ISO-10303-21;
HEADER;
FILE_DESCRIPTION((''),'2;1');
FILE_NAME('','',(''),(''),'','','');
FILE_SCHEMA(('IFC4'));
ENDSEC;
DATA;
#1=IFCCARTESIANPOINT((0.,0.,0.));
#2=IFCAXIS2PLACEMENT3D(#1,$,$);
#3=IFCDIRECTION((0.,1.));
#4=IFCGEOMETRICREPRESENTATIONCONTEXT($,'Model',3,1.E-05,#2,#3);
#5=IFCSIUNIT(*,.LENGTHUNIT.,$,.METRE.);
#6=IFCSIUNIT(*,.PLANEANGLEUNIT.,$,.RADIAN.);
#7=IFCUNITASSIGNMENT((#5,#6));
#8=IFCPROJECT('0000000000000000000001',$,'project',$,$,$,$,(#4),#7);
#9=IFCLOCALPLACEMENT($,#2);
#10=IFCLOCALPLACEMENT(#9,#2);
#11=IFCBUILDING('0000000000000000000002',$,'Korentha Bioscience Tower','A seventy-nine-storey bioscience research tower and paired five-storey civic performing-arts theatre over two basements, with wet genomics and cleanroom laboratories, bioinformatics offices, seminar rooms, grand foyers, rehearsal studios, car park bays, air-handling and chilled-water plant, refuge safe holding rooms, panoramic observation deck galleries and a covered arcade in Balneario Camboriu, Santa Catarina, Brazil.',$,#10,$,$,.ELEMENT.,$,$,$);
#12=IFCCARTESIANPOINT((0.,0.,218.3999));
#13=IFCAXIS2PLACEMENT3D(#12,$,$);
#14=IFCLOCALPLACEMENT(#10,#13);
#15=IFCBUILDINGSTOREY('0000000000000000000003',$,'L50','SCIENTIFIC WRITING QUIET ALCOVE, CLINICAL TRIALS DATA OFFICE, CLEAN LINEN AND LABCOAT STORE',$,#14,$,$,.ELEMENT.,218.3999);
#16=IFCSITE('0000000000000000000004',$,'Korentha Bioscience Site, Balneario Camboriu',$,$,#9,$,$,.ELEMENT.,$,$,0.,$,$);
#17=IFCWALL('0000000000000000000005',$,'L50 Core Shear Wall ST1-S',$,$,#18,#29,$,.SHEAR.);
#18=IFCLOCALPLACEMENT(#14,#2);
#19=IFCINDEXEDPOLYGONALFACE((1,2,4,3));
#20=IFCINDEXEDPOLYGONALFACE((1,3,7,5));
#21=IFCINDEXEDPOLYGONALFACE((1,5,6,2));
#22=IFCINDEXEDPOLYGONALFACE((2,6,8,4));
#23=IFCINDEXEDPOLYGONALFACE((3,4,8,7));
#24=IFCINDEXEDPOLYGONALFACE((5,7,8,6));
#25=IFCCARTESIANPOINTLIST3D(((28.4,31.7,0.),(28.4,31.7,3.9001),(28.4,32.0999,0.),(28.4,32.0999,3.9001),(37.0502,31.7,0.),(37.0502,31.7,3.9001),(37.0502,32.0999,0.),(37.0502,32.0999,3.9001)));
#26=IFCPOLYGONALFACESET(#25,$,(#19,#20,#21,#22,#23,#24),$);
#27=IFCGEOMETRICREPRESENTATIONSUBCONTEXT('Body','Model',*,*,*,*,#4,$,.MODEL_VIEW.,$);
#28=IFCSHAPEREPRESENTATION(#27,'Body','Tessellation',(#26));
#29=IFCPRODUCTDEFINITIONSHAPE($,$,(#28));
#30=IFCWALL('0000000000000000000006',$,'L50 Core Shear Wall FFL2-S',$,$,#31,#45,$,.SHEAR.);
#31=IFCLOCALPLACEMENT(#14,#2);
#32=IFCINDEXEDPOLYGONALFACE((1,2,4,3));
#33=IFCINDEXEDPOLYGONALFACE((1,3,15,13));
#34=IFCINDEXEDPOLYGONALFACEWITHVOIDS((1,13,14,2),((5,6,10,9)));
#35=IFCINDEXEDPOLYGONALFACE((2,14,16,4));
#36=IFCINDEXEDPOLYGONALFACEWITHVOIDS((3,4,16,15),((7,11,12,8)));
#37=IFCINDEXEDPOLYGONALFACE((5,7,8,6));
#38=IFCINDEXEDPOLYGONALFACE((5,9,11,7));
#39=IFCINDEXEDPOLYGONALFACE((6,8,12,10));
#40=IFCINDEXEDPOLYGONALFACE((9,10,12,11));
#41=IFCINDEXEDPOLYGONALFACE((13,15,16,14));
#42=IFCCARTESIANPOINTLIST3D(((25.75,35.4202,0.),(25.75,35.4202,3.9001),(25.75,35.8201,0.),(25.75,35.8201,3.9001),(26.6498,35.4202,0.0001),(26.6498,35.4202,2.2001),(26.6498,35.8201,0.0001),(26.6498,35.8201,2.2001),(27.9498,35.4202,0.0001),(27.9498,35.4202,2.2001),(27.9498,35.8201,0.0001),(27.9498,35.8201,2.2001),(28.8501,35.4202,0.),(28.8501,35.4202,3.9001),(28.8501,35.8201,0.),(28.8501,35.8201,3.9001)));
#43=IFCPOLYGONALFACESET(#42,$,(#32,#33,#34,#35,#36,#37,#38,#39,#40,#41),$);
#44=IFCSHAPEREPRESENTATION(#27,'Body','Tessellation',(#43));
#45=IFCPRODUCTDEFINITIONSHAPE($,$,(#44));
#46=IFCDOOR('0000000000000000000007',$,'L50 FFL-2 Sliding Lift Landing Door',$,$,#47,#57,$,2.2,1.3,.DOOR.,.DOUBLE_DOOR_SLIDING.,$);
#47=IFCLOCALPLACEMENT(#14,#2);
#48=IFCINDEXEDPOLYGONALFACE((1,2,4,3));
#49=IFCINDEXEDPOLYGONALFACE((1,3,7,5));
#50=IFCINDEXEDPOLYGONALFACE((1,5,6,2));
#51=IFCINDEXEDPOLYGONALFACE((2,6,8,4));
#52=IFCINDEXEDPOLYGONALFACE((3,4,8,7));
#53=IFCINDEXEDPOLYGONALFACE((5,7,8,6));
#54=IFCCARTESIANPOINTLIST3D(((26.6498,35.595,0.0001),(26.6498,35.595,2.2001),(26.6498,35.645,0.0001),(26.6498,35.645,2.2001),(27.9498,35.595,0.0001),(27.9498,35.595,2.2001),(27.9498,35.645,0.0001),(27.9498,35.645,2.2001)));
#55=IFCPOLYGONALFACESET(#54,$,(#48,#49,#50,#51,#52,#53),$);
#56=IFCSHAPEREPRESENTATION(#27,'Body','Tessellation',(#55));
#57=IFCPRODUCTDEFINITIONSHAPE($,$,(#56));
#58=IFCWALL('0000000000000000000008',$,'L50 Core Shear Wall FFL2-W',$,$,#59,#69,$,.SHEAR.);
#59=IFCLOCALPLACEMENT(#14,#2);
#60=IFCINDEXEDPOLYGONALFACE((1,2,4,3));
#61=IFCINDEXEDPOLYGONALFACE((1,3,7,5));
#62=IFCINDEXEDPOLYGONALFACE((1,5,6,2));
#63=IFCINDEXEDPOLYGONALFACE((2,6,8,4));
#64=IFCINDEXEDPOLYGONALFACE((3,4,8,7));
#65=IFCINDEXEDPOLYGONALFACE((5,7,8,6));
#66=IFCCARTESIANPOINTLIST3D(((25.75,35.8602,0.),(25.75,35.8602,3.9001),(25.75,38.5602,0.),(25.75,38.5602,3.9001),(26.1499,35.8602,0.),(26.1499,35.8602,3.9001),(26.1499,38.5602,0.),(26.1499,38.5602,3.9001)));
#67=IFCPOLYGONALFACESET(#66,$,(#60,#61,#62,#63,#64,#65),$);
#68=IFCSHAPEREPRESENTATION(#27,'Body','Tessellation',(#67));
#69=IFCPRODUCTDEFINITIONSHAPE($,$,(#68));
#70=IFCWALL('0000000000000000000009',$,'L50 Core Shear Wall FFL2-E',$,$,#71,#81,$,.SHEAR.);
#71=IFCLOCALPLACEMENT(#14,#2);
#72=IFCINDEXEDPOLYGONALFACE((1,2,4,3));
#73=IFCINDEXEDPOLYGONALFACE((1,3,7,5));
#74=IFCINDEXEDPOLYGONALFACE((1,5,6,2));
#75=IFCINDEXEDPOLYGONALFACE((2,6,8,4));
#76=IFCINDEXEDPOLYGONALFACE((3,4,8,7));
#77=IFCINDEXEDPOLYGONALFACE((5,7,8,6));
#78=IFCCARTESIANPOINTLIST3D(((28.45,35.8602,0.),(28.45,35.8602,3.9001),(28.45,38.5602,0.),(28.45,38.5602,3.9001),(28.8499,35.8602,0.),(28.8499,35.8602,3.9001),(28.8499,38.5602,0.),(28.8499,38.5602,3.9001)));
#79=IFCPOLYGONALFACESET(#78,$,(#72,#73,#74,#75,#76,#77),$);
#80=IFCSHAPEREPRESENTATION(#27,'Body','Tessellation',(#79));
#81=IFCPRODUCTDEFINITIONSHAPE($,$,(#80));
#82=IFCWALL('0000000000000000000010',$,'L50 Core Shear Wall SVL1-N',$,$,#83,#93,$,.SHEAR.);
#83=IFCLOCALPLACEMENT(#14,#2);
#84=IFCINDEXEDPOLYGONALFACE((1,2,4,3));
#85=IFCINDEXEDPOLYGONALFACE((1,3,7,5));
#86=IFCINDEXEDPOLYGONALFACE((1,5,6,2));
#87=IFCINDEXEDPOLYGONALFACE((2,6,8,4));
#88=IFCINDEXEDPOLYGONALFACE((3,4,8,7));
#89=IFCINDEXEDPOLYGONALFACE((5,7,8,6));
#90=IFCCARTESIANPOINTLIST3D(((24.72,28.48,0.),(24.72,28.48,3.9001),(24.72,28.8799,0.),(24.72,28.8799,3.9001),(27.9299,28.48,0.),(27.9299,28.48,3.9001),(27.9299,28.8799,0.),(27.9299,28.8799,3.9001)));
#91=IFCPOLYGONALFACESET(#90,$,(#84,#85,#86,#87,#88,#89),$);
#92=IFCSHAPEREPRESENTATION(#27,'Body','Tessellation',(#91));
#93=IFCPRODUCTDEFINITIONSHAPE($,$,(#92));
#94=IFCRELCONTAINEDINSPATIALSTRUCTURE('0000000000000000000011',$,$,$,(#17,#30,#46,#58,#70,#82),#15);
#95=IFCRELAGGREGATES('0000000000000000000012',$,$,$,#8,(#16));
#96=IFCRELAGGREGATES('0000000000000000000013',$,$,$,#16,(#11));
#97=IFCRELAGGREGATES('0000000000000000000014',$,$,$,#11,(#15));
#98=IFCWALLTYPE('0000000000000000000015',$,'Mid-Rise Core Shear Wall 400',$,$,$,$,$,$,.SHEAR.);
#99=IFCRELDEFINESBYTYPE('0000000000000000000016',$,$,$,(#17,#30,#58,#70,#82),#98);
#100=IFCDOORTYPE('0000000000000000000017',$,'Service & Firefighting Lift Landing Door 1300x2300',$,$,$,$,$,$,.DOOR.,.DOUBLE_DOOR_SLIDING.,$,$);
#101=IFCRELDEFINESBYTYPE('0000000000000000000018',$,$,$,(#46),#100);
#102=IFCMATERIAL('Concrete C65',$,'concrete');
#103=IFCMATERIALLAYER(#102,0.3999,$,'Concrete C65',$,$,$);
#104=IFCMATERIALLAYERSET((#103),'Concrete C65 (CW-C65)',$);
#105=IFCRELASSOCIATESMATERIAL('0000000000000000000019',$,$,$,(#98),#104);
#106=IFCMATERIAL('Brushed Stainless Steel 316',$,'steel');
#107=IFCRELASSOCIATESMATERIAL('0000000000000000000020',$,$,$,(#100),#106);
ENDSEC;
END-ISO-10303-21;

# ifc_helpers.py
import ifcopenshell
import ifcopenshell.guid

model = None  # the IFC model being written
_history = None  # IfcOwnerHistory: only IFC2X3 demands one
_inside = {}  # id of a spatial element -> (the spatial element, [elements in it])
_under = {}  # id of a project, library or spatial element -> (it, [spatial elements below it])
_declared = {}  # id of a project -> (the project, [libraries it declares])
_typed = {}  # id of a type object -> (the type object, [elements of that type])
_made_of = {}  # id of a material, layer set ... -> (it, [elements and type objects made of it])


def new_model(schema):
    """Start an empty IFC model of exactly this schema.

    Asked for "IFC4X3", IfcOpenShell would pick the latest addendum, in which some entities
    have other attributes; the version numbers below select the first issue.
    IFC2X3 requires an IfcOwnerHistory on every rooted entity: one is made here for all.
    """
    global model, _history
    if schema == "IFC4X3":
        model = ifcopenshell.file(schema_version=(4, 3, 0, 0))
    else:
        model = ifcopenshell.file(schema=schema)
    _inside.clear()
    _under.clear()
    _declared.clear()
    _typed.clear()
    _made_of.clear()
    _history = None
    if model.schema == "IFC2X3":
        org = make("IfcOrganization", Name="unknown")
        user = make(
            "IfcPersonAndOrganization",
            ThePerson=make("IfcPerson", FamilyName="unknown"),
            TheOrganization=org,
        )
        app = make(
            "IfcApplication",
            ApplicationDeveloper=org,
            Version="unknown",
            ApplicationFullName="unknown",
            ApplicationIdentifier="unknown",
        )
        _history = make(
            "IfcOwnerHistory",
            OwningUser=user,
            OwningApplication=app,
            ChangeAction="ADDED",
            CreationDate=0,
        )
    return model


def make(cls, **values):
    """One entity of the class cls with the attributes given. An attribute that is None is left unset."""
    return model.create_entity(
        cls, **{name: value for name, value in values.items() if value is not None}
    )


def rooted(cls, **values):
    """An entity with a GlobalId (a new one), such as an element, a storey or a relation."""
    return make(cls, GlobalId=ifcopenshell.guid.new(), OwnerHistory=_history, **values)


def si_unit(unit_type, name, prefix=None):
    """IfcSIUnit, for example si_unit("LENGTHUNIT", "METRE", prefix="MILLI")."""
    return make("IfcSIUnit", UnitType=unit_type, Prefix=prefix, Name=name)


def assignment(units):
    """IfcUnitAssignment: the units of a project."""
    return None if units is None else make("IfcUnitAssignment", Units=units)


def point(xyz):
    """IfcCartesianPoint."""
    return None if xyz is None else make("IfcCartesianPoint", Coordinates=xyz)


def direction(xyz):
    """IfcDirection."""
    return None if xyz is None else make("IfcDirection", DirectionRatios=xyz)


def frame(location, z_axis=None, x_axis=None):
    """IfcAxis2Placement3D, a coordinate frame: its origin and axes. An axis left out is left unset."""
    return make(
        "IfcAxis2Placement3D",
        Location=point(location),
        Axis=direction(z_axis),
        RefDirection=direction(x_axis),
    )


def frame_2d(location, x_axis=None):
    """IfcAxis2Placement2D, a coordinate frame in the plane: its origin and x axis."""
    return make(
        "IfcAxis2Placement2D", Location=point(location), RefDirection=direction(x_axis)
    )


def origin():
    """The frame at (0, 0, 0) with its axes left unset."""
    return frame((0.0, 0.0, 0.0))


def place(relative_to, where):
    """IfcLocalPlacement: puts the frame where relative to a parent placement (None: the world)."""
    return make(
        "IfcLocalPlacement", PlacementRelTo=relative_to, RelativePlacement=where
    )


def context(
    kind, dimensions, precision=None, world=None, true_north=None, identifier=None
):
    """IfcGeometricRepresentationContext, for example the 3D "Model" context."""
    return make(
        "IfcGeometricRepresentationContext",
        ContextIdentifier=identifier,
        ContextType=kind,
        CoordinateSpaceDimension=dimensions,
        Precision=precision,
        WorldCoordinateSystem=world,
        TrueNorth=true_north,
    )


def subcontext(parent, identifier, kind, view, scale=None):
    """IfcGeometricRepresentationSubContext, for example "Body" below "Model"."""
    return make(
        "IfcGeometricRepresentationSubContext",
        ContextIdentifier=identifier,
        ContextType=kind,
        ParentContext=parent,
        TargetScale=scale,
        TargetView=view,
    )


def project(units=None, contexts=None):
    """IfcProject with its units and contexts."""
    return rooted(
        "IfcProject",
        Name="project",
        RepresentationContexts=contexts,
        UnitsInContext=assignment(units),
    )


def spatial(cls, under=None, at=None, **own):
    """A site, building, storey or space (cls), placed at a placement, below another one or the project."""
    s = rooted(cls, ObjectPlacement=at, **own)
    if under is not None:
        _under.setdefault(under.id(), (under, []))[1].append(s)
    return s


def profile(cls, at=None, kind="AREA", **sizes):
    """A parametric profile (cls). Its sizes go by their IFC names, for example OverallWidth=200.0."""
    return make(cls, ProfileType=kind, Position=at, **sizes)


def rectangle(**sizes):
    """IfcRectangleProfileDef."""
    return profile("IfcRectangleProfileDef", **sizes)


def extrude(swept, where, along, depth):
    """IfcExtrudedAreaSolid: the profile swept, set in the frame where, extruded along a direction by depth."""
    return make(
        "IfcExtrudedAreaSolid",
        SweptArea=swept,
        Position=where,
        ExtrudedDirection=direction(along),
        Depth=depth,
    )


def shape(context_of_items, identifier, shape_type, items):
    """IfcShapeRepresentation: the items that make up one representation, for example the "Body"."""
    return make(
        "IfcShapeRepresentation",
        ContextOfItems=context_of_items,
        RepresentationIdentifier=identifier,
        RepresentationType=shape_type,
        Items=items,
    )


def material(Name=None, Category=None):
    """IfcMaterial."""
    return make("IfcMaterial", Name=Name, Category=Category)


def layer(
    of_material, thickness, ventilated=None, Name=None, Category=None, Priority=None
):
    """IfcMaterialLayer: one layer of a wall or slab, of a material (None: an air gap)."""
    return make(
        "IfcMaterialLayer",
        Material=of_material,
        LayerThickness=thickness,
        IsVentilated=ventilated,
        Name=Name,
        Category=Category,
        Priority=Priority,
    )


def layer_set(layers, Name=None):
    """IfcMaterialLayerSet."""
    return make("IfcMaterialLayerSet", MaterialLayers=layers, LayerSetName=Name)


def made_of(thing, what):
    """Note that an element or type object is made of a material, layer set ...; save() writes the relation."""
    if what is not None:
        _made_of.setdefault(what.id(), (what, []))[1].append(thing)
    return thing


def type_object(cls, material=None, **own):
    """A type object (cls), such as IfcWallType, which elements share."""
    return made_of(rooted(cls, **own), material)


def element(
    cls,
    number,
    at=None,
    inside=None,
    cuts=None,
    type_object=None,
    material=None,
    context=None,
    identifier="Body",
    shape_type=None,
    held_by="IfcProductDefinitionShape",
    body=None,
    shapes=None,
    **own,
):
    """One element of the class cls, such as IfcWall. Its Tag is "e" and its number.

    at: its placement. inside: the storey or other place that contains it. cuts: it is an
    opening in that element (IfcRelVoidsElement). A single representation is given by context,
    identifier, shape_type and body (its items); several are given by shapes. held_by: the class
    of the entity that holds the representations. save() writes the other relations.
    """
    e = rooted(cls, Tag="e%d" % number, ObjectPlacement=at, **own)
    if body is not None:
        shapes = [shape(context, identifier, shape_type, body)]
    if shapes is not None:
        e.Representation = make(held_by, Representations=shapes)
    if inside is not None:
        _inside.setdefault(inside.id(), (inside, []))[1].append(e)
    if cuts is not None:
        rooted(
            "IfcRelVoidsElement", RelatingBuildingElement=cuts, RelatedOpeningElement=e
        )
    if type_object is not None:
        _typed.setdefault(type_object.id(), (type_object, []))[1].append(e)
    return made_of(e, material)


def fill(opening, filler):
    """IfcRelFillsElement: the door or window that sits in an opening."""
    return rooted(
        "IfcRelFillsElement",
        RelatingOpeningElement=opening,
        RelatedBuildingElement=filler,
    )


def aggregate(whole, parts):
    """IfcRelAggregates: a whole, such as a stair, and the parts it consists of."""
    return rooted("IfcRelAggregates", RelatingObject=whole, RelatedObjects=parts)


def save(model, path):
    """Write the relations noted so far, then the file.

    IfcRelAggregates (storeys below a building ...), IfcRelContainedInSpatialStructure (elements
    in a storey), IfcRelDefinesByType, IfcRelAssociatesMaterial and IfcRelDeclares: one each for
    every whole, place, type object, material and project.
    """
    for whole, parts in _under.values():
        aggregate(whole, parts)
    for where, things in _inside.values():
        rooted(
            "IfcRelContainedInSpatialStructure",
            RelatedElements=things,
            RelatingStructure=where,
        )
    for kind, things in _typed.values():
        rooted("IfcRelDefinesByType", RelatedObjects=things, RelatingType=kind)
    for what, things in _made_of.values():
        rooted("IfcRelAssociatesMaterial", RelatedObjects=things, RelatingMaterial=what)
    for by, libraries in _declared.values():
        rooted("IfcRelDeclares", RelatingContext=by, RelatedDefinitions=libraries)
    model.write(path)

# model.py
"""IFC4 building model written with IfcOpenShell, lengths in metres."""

from ifc_helpers import new_model, si_unit, direction, frame, frame_2d, origin, place, context, subcontext, project, spatial, rectangle, extrude, material, layer, layer_set, type_object, element, fill, save


model = new_model("IFC4")

# Units and contexts
model_context = context("Model", 3, precision=1e-05, world=origin(), true_north=direction((0.0, 1.0)))
body_context = subcontext(model_context, "Body", "Model", "MODEL_VIEW")
ifc_project = project(units=[si_unit("LENGTHUNIT", "METRE"), si_unit("PLANEANGLEUNIT", "RADIAN")], contexts=[model_context])

# Site, building, storey
site_placement = place(None, origin())
site = spatial("IfcSite", under=ifc_project, at=site_placement, Name="Korentha Bioscience Site, Balneario Camboriu", CompositionType="ELEMENT", RefElevation=0.0)
building_placement = place(site_placement, origin())
building = spatial("IfcBuilding", under=site, at=building_placement, Name="Korentha Bioscience Tower", Description="A seventy-nine-storey bioscience research tower and paired five-storey civic performing-arts theatre over two basements, with wet genomics and cleanroom laboratories, bioinformatics offices, seminar rooms, grand foyers, rehearsal studios, car park bays, air-handling and chilled-water plant, refuge safe holding rooms, panoramic observation deck galleries and a covered arcade in Balneario Camboriu, Santa Catarina, Brazil.", CompositionType="ELEMENT")
storey_placement = place(building_placement, frame((0.0, 0.0, 218.3999)))
storey = spatial("IfcBuildingStorey", under=building, at=storey_placement, Name="L50", Description="SCIENTIFIC WRITING QUIET ALCOVE, CLINICAL TRIALS DATA OFFICE, CLEAN LINEN AND LABCOAT STORE", CompositionType="ELEMENT", Elevation=218.3999)

# Shared definitions
ifc_material_1 = material(Name="Concrete C65", Category="concrete")

# Wall
ifc_layer_1 = layer(ifc_material_1, 0.3999, Name="Concrete C65")
ifc_layer_set_1 = layer_set([ifc_layer_1], Name="Concrete C65 (CW-C65)")
wall_type_1 = type_object("IfcWallType", Name="Mid-Rise Core Shear Wall 400", PredefinedType="SHEAR", material=ifc_layer_set_1)
wall_1_placement = place(storey_placement, frame((28.3999, 31.8999, 0.0), z_axis=(0.0, 0.0, 1.0), x_axis=(1.0, 0.0, 0.0)))
element("IfcWall", 1, at=wall_1_placement, inside=storey, type_object=wall_type_1, Name="L50 Core Shear Wall ST1-S", PredefinedType="SHEAR", context=body_context, shape_type="SweptSolid", body=[
    extrude(rectangle(XDim=8.6501, YDim=0.3999, at=frame_2d((4.3252, 0.0))), origin(), (0.0, 0.0, 1.0), 3.9001),
])

# Wall, opening, door
wall_2_placement = place(storey_placement, frame((25.75, 35.6201, 0.0), z_axis=(0.0, 0.0, 1.0), x_axis=(1.0, 0.0, 0.0)))
wall_2 = element("IfcWall", 2, at=wall_2_placement, inside=storey, type_object=wall_type_1, Name="L50 Core Shear Wall FFL2-S", PredefinedType="SHEAR", context=body_context, shape_type="SweptSolid", body=[
    extrude(rectangle(XDim=3.1001, YDim=0.3999, at=frame_2d((1.55, 0.0))), origin(), (0.0, 0.0, 1.0), 3.9001),
])
opening_1_placement = place(wall_2_placement, frame((0.8999, 0.0, 0.0)))
opening_1 = element("IfcOpeningElement", 3, at=opening_1_placement, cuts=wall_2, PredefinedType="OPENING", context=body_context, shape_type="SweptSolid", body=[
    extrude(rectangle(XDim=1.3, YDim=2.2, at=frame_2d((0.6499, 1.1001))), frame((0.0, 0.2148, 0.0), z_axis=(0.0, -1.0, 0.0), x_axis=(1.0, 0.0, 0.0)), (0.0, 0.0, 1.0), 0.4297),
])
ifc_material_2 = material(Name="Brushed Stainless Steel 316", Category="steel")
door_type_1 = type_object("IfcDoorType", Name="Service & Firefighting Lift Landing Door 1300x2300", OperationType="DOUBLE_DOOR_SLIDING", PredefinedType="DOOR", material=ifc_material_2)
door_1_placement = place(opening_1_placement, origin())
door_1 = element("IfcDoor", 4, at=door_1_placement, inside=storey, type_object=door_type_1, Name="L50 FFL-2 Sliding Lift Landing Door", OperationType="DOUBLE_DOOR_SLIDING", OverallHeight=2.2, OverallWidth=1.3, PredefinedType="DOOR", context=body_context, shape_type="SweptSolid", body=[
    extrude(rectangle(XDim=1.3, YDim=2.2, at=frame_2d((0.6499, 1.1001))), frame((0.0, 0.0249, 0.0), z_axis=(0.0, -1.0, 0.0), x_axis=(1.0, 0.0, 0.0)), (0.0, 0.0, 1.0), 0.05),
])
fill(opening_1, door_1)

# Walls
for number, where, z_axis, x_axis, name in (
    (5, (25.95, 35.8601, 0.0), (0.0, 0.0, 1.0), (0.0, 1.0, 0.0), "L50 Core Shear Wall FFL2-W"),
    (6, (28.6499, 35.8601, 0.0), (0.0, 0.0, 1.0), (0.0, 1.0, 0.0), "L50 Core Shear Wall FFL2-E"),
):
    element("IfcWall", number, at=place(storey_placement, frame(where, z_axis=z_axis, x_axis=x_axis)), inside=storey, type_object=wall_type_1, Name=name, PredefinedType="SHEAR", context=body_context, shape_type="SweptSolid", body=[
        extrude(rectangle(XDim=2.7, YDim=0.3999, at=frame_2d((1.3501, 0.0))), origin(), (0.0, 0.0, 1.0), 3.9001),
    ])
wall_3_placement = place(storey_placement, frame((24.72, 28.6799, 0.0), z_axis=(0.0, 0.0, 1.0), x_axis=(1.0, 0.0, 0.0)))
element("IfcWall", 7, at=wall_3_placement, inside=storey, type_object=wall_type_1, Name="L50 Core Shear Wall SVL1-N", PredefinedType="SHEAR", context=body_context, shape_type="SweptSolid", body=[
    extrude(rectangle(XDim=3.21, YDim=0.3999, at=frame_2d((1.605, 0.0))), origin(), (0.0, 0.0, 1.0), 3.9001),
])

save(model, "model.ifc")
